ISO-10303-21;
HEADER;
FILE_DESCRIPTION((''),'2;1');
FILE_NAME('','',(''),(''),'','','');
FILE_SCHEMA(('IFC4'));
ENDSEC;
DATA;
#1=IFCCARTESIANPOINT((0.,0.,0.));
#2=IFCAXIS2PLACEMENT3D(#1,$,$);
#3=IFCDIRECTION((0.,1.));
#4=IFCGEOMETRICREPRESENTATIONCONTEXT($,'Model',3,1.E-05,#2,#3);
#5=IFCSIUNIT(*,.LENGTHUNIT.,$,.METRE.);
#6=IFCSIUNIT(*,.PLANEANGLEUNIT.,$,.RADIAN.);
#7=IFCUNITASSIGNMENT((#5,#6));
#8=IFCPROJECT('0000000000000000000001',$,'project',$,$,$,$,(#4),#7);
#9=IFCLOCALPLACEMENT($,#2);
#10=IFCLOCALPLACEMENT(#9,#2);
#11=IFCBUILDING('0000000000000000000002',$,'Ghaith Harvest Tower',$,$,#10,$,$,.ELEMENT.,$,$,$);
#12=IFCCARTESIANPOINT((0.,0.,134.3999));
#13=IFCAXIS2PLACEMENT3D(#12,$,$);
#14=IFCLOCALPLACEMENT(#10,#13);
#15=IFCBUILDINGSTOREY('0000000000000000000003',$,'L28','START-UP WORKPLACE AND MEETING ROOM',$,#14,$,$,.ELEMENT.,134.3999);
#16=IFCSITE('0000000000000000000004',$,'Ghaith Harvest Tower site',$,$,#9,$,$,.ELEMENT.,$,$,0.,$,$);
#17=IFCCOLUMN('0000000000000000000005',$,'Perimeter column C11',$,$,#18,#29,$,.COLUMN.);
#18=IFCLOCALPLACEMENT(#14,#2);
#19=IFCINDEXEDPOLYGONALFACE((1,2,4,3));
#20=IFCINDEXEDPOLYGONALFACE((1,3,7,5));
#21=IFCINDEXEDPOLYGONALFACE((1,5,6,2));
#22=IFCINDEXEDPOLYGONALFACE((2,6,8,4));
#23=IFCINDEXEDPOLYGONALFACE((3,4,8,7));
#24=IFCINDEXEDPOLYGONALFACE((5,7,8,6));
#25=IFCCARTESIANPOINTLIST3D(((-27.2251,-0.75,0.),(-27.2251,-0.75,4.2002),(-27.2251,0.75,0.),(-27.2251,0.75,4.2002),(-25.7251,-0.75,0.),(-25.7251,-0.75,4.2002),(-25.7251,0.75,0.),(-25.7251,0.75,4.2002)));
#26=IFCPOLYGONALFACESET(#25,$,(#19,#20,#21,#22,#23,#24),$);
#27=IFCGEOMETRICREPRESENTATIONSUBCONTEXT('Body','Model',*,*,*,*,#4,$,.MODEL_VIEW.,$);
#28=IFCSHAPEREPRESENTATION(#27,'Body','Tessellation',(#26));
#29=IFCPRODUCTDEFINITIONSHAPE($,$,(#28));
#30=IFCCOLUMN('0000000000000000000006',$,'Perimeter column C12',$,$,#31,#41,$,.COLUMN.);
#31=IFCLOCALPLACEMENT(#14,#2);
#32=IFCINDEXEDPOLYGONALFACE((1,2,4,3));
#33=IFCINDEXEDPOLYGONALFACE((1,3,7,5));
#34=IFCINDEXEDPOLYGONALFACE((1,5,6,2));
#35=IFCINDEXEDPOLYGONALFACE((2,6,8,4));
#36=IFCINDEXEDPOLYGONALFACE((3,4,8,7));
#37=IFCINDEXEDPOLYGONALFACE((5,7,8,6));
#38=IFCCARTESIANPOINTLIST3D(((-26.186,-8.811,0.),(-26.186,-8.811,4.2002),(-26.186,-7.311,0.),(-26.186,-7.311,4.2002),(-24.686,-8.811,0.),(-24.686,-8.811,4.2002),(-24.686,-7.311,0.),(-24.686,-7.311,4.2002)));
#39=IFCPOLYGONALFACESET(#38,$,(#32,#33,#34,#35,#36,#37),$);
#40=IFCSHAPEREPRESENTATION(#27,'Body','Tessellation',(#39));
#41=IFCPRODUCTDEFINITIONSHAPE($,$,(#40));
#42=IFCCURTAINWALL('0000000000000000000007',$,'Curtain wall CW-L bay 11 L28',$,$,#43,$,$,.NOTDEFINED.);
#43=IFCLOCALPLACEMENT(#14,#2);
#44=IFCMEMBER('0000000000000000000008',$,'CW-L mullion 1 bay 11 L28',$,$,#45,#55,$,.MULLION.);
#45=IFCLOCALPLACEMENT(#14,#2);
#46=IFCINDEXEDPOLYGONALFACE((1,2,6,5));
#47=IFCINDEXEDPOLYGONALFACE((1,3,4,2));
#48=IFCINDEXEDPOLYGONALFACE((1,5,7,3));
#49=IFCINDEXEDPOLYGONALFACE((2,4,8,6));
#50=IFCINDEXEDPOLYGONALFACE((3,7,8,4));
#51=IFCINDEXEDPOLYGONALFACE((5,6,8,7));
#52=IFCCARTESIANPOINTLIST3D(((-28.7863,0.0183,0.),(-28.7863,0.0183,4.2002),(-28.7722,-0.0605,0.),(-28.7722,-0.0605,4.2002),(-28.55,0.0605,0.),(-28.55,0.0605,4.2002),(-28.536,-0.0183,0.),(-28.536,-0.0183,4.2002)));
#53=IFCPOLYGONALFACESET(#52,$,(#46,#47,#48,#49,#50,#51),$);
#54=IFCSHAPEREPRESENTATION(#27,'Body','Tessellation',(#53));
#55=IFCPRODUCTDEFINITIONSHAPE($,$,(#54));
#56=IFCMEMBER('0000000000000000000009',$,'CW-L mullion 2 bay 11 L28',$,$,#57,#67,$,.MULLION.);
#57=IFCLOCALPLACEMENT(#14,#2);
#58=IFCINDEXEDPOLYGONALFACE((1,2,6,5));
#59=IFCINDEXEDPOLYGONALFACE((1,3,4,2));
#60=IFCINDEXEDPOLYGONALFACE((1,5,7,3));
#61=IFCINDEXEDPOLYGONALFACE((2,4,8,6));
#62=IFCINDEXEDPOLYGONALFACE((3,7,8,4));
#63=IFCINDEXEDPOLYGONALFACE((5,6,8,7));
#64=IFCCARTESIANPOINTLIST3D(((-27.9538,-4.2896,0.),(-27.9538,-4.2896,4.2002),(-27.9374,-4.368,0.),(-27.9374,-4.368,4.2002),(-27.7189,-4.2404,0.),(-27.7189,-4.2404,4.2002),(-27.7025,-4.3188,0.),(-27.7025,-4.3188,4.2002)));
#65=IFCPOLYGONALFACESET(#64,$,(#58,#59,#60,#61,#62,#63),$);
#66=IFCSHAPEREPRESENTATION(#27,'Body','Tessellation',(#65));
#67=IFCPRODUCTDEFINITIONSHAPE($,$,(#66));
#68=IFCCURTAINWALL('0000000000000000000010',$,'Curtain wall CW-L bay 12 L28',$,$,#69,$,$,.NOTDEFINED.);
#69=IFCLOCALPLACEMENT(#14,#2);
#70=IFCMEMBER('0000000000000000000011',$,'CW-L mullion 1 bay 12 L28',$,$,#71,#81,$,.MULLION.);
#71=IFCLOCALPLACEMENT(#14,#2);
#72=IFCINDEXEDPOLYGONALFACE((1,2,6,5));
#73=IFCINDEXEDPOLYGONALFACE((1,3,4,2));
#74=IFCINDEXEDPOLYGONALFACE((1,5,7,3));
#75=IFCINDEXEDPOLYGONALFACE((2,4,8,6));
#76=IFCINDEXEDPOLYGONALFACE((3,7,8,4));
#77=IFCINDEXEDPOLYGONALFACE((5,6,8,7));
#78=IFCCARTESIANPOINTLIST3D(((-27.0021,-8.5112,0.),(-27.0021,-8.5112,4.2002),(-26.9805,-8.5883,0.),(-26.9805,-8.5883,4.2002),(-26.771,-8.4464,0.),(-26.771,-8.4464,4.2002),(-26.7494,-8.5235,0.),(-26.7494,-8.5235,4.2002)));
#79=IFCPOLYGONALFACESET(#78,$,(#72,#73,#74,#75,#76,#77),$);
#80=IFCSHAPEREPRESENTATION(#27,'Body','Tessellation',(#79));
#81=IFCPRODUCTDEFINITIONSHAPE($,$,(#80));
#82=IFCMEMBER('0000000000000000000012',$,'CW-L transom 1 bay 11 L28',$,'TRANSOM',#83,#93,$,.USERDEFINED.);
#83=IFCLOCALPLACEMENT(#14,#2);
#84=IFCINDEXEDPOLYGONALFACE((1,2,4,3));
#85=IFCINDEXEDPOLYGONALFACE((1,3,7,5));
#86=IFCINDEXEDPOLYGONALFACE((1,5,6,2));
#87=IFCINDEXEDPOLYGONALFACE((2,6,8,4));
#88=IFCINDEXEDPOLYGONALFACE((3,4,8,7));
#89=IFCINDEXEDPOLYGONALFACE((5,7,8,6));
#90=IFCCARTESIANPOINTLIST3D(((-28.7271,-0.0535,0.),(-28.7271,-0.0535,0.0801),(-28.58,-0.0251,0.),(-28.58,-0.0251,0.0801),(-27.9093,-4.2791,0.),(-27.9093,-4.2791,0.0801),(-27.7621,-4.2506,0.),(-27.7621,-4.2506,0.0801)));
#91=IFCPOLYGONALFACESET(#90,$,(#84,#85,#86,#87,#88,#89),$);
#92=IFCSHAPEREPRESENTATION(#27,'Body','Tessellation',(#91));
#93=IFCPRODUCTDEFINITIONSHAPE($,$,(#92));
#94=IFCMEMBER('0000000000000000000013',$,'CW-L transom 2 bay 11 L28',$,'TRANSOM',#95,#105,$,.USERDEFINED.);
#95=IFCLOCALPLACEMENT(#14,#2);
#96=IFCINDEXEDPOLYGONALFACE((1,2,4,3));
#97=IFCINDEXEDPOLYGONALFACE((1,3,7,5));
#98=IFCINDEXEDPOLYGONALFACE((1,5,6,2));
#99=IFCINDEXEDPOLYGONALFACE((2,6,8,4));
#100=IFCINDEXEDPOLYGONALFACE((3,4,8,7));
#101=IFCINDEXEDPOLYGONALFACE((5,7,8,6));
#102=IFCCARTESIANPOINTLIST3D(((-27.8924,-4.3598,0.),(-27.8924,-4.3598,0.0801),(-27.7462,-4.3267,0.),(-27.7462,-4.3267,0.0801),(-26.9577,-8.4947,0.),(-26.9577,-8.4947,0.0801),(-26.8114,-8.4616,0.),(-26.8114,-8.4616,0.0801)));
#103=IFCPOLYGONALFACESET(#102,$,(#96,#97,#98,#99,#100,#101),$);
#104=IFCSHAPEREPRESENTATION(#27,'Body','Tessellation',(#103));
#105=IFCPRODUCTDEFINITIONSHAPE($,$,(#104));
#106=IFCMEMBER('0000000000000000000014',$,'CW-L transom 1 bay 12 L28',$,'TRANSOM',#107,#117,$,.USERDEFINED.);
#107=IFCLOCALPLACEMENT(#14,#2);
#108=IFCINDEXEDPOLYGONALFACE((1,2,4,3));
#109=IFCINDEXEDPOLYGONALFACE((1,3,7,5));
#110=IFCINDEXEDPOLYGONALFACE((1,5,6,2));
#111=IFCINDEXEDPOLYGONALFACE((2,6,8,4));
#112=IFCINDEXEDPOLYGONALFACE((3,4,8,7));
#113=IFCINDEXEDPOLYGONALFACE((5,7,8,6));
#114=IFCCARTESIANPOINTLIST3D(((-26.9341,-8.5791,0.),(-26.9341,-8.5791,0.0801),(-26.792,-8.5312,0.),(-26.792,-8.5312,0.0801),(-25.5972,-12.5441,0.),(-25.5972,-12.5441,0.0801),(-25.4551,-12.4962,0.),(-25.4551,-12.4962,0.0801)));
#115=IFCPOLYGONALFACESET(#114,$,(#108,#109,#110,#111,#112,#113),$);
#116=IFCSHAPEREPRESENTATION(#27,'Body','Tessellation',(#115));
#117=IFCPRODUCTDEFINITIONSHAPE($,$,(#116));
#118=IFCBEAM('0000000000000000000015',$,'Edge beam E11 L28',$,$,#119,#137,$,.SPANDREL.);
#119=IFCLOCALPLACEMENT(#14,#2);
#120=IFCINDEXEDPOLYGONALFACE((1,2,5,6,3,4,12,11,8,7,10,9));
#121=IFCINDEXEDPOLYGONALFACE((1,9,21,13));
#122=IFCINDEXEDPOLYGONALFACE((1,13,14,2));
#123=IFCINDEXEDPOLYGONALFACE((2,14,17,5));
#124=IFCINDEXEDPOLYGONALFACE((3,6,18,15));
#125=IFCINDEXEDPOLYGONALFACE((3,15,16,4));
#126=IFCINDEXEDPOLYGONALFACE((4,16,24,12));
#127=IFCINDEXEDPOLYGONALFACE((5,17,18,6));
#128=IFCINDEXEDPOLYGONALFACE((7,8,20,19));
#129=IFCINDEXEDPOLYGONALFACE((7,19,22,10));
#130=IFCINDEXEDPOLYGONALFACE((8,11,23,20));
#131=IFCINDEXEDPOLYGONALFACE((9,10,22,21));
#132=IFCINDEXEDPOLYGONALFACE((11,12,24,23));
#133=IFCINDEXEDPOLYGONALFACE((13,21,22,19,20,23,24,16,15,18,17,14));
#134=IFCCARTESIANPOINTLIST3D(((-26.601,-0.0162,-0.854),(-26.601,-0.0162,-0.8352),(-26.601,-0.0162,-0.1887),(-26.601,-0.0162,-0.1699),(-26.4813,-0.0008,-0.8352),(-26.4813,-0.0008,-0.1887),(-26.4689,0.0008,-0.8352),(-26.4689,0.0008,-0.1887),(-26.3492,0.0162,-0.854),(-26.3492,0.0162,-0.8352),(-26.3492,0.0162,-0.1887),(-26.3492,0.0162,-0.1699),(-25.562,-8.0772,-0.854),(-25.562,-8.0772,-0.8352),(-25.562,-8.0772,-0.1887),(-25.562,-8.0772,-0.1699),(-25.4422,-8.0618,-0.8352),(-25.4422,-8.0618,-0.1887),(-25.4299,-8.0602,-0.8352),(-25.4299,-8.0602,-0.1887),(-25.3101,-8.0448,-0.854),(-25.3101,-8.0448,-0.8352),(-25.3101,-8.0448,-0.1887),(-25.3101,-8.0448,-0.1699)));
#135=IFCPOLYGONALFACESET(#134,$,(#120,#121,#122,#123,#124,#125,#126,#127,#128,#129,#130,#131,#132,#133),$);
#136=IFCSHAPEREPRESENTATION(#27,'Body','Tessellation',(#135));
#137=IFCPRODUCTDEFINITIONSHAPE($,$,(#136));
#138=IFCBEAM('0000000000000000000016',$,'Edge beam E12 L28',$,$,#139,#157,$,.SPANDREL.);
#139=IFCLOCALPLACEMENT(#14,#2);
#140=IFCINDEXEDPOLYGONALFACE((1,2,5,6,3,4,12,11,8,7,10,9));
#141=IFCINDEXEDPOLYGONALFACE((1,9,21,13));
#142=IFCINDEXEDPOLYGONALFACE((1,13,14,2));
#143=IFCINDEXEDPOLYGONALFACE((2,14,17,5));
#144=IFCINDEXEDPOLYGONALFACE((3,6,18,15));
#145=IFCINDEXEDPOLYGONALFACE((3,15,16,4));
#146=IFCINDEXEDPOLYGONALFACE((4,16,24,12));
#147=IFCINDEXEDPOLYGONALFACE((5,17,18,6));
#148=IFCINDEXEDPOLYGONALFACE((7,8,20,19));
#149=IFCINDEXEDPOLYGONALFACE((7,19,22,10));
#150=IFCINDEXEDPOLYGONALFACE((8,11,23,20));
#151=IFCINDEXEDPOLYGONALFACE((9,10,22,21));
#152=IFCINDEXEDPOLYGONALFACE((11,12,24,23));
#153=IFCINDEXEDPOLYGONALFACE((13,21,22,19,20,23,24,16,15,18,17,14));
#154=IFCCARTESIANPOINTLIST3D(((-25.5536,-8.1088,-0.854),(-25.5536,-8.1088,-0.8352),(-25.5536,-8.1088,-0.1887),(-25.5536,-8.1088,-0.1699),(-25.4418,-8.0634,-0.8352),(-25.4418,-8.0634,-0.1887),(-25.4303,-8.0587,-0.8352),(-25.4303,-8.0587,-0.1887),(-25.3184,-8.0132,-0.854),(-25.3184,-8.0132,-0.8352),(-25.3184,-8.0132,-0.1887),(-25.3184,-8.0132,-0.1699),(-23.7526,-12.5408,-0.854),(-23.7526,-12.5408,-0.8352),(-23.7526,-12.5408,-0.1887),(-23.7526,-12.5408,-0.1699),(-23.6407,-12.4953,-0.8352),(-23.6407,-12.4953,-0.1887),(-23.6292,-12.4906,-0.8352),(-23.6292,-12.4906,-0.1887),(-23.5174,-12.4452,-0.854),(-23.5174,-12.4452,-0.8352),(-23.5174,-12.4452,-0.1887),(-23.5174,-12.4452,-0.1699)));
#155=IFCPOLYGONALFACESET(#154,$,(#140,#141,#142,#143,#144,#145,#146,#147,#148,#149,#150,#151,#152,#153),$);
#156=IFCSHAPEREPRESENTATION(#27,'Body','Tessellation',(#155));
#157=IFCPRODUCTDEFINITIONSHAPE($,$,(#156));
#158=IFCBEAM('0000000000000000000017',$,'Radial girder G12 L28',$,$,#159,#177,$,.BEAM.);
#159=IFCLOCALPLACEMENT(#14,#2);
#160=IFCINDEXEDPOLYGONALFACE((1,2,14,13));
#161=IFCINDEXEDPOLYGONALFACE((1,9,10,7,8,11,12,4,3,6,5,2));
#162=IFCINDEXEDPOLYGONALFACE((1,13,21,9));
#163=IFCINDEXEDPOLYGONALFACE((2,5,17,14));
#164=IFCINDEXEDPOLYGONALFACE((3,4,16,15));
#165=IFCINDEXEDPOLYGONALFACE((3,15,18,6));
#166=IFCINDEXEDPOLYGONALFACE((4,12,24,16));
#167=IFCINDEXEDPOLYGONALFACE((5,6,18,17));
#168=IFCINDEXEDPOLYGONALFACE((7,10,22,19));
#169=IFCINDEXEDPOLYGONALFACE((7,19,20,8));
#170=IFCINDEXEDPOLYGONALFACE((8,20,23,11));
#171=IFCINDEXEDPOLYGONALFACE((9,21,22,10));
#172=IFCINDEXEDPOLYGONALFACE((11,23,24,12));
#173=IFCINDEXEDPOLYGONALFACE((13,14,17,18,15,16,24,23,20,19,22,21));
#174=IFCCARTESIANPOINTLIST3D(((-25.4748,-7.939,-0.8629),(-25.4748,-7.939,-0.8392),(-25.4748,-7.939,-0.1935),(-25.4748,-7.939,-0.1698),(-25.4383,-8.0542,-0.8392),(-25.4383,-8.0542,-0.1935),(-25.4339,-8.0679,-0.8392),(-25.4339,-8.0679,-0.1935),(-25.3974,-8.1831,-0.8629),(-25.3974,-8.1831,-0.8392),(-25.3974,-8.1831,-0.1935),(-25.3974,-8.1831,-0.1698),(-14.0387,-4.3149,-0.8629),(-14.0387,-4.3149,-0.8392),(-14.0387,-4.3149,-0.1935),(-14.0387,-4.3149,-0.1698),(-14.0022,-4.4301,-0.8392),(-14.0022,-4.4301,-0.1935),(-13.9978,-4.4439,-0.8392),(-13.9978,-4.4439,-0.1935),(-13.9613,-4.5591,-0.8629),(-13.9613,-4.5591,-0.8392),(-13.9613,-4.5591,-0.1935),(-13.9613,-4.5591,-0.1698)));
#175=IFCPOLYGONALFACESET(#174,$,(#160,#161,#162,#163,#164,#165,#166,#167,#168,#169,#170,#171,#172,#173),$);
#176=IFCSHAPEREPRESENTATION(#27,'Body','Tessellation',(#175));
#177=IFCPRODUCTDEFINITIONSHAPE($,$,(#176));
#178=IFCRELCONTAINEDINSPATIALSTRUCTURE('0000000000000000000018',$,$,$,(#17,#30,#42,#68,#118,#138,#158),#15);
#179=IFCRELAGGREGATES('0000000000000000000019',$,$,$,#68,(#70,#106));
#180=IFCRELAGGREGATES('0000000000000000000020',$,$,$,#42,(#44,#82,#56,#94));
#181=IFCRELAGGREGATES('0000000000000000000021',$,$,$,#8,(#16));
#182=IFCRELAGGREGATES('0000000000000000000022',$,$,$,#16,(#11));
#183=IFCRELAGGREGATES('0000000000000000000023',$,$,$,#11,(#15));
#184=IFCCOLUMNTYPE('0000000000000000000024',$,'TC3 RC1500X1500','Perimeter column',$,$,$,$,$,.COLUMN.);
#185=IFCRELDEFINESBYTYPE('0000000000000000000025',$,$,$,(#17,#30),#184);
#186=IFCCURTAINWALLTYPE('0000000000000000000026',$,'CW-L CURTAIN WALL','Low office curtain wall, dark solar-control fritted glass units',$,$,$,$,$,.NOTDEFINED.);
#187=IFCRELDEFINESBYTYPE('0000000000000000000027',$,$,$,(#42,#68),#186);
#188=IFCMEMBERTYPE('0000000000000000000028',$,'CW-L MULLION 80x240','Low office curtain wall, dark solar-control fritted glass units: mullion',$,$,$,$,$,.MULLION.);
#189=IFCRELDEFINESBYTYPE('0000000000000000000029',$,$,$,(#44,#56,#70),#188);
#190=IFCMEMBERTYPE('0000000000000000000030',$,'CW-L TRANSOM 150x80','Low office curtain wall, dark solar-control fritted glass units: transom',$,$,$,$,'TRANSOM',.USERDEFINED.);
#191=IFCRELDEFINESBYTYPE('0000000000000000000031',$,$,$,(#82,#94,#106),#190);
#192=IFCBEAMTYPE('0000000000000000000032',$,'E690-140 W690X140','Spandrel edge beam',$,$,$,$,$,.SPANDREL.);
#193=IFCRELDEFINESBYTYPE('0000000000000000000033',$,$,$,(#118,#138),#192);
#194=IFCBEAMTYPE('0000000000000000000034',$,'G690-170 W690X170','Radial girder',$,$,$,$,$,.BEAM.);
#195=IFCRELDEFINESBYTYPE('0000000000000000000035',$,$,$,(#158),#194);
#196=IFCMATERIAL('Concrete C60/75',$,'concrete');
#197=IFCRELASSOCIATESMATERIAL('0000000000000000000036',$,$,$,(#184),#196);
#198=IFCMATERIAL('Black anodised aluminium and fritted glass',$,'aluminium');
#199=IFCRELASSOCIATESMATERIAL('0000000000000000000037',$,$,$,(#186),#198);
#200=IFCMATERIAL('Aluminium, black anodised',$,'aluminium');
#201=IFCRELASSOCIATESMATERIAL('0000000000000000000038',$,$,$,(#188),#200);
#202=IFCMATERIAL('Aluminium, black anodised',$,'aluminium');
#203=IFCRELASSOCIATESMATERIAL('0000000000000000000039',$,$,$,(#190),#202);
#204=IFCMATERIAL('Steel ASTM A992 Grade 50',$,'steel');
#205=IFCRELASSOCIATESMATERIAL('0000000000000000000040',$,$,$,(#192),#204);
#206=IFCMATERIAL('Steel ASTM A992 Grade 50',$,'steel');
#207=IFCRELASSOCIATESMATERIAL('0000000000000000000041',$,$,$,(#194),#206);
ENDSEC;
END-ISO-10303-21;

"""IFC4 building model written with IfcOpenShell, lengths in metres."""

from ifc_helpers import new_model, si_unit, direction, frame, origin, origin_2d, place, context, subcontext, project, spatial, rectangle, i_section, extrude, material, material_profile, profile_set, type_object, element, aggregate, save


model = new_model("IFC4")

# Units and contexts
model_context = context("Model", 3, precision=1e-05, world=origin(), true_north=direction((0.0, 1.0)))
body_context = subcontext(model_context, "Body", "Model", "MODEL_VIEW")
ifc_project = project(units=[si_unit("LENGTHUNIT", "METRE"), si_unit("PLANEANGLEUNIT", "RADIAN")], contexts=[model_context])

# Site, building, storey
site_placement = place(None, origin())
site = spatial("IfcSite", under=ifc_project, at=site_placement, Name="Ghaith Harvest Tower site", CompositionType="ELEMENT", RefElevation=0.0)
building_placement = place(site_placement, origin())
building = spatial("IfcBuilding", under=site, at=building_placement, Name="Ghaith Harvest Tower", CompositionType="ELEMENT")
storey_placement = place(building_placement, frame((0.0, 0.0, 134.3999)))
storey = spatial("IfcBuildingStorey", under=building, at=storey_placement, Name="L28", Description="START-UP WORKPLACE AND MEETING ROOM", CompositionType="ELEMENT", Elevation=134.3999)

# Columns
ifc_material_1 = material(Name="Concrete C60/75", Category="concrete")
ifc_material_profile_1 = material_profile(ifc_material_1, rectangle(XDim=1.5, YDim=1.5, at=origin_2d()), Name="RC1500X1500")
ifc_profile_set_1 = profile_set([ifc_material_profile_1], Name="Concrete C60/75")
column_type = type_object("IfcColumnType", Name="TC3 RC1500X1500", Description="Perimeter column", PredefinedType="COLUMN", material=ifc_profile_set_1)
for number, where, z_axis, x_axis, name in (
    (1, (-26.4751, 0.0, 0.0), (0.0, 0.0, 1.0), (1.0, 0.0, 0.0), "Perimeter column C11"),
    (2, (-25.436, -8.061, 0.0), (0.0, 0.0, 1.0), (1.0, 0.0, 0.0), "Perimeter column C12"),
):
    element("IfcColumn", number, at=place(storey_placement, frame(where, z_axis=z_axis, x_axis=x_axis)), inside=storey, type_object=column_type, Name=name, PredefinedType="COLUMN", context=body_context, shape_type="SweptSolid", body=[
        extrude(rectangle(XDim=1.5, YDim=1.5, at=origin_2d()), origin(), (0.0, 0.0, 1.0), 4.2002),
    ])

# Curtain wall, members
ifc_material_2 = material(Name="Black anodised aluminium and fritted glass", Category="aluminium")
curtain_wall_type = type_object("IfcCurtainWallType", Name="CW-L CURTAIN WALL", Description="Low office curtain wall, dark solar-control fritted glass units", PredefinedType="NOTDEFINED", material=ifc_material_2)
curtain_wall_1_placement = place(storey_placement, origin())
curtain_wall_1 = element("IfcCurtainWall", 3, at=curtain_wall_1_placement, inside=storey, type_object=curtain_wall_type, Name="Curtain wall CW-L bay 11 L28", PredefinedType="NOTDEFINED")
ifc_material_3 = material(Name="Aluminium, black anodised", Category="aluminium")
ifc_material_profile_2 = material_profile(ifc_material_3, rectangle(XDim=0.0801, YDim=0.24, at=origin_2d()), Name="CW-L MULLION 80x240")
ifc_profile_set_2 = profile_set([ifc_material_profile_2], Name="Aluminium, black anodised")
member_type_1 = type_object("IfcMemberType", Name="CW-L MULLION 80x240", Description="Low office curtain wall, dark solar-control fritted glass units: mullion", PredefinedType="MULLION", material=ifc_profile_set_2)
member_1_placement = place(storey_placement, frame((-28.6611, 0.0, 0.0), z_axis=(0.0, 0.0, 1.0), x_axis=(0.175827, -0.984421, 0.0)))
member_1 = element("IfcMember", 4, at=member_1_placement, type_object=member_type_1, Name="CW-L mullion 1 bay 11 L28", PredefinedType="MULLION", context=body_context, shape_type="SweptSolid", body=[
    extrude(rectangle(XDim=0.0801, YDim=0.24, at=origin_2d()), origin(), (0.0, 0.0, 1.0), 4.2002),
])
member_2_placement = place(storey_placement, frame((-27.8281, -4.3042, 0.0), z_axis=(0.0, 0.0, 1.0), x_axis=(0.205176, -0.978725, 0.0)))
member_2 = element("IfcMember", 5, at=member_2_placement, type_object=member_type_1, Name="CW-L mullion 2 bay 11 L28", PredefinedType="MULLION", context=body_context, shape_type="SweptSolid", body=[
    extrude(rectangle(XDim=0.0801, YDim=0.24, at=origin_2d()), origin(), (0.0, 0.0, 1.0), 4.2002),
])

# Curtain wall, member
curtain_wall_2_placement = place(storey_placement, origin())
curtain_wall_2 = element("IfcCurtainWall", 6, at=curtain_wall_2_placement, inside=storey, type_object=curtain_wall_type, Name="Curtain wall CW-L bay 12 L28", PredefinedType="NOTDEFINED")
member_3_placement = place(storey_placement, frame((-26.8757, -8.5173, 0.0), z_axis=(0.0, 0.0, 1.0), x_axis=(0.270019, -0.962855, 0.0)))
member_3 = element("IfcMember", 7, at=member_3_placement, type_object=member_type_1, Name="CW-L mullion 1 bay 12 L28", PredefinedType="MULLION", context=body_context, shape_type="SweptSolid", body=[
    extrude(rectangle(XDim=0.0801, YDim=0.24, at=origin_2d()), origin(), (0.0, 0.0, 1.0), 4.2002),
])

# Members
ifc_material_4 = material(Name="Aluminium, black anodised", Category="aluminium")
ifc_material_profile_3 = material_profile(ifc_material_4, rectangle(XDim=0.1499, YDim=0.0801, at=origin_2d()), Name="CW-L TRANSOM 150x80")
ifc_profile_set_3 = profile_set([ifc_material_profile_3], Name="Aluminium, black anodised")
member_type_2 = type_object("IfcMemberType", Name="CW-L TRANSOM 150x80", Description="Low office curtain wall, dark solar-control fritted glass units: transom", ElementType="TRANSOM", PredefinedType="USERDEFINED", material=ifc_profile_set_3)
member_4_placement = place(storey_placement, frame((-28.6536, -0.0393, 0.04), z_axis=(0.190025, -0.981779, 0.0), x_axis=(0.981779, 0.190025, 0.0)))
member_4 = element("IfcMember", 8, at=member_4_placement, type_object=member_type_2, Name="CW-L transom 1 bay 11 L28", ObjectType="TRANSOM", PredefinedType="USERDEFINED", context=body_context, shape_type="SweptSolid", body=[
    extrude(rectangle(XDim=0.1499, YDim=0.0801, at=origin_2d()), origin(), (0.0, 0.0, 1.0), 4.304),
])
member_5_placement = place(storey_placement, frame((-27.8193, -4.3433, 0.04), z_axis=(0.220508, -0.975385, 0.0), x_axis=(0.975385, 0.220508, 0.0)))
member_5 = element("IfcMember", 9, at=member_5_placement, type_object=member_type_2, Name="CW-L transom 2 bay 11 L28", ObjectType="TRANSOM", PredefinedType="USERDEFINED", context=body_context, shape_type="SweptSolid", body=[
    extrude(rectangle(XDim=0.1499, YDim=0.0801, at=origin_2d()), origin(), (0.0, 0.0, 1.0), 4.2393),
])
member_6_placement = place(storey_placement, frame((-26.863, -8.5552, 0.04), z_axis=(0.319499, -0.947587, 0.0), x_axis=(0.947587, 0.319499, 0.0)))
member_6 = element("IfcMember", 10, at=member_6_placement, type_object=member_type_2, Name="CW-L transom 1 bay 12 L28", ObjectType="TRANSOM", PredefinedType="USERDEFINED", context=body_context, shape_type="SweptSolid", body=[
    extrude(rectangle(XDim=0.1499, YDim=0.0801, at=origin_2d()), origin(), (0.0, 0.0, 1.0), 4.1843),
])
aggregate(curtain_wall_2, [member_3, member_6])

# Beams
ifc_material_5 = material(Name="Steel ASTM A992 Grade 50", Category="steel")
ifc_material_profile_4 = material_profile(ifc_material_5, i_section(OverallWidth=0.2539, OverallDepth=0.6841, WebThickness=0.0125, FlangeThickness=0.0188, at=origin_2d()), Name="W690X140")
ifc_profile_set_4 = profile_set([ifc_material_profile_4], Name="Steel ASTM A992 Grade 50")
beam_type_1 = type_object("IfcBeamType", Name="E690-140 W690X140", Description="Spandrel edge beam", PredefinedType="SPANDREL", material=ifc_profile_set_4)
beam_1_placement = place(storey_placement, frame((-26.4751, 0.0, -0.512), z_axis=(0.127842, -0.991795, 0.0), x_axis=(0.991795, 0.127842, 0.0)))
element("IfcBeam", 11, at=beam_1_placement, inside=storey, type_object=beam_type_1, Name="Edge beam E11 L28", PredefinedType="SPANDREL", context=body_context, shape_type="SweptSolid", body=[
    extrude(i_section(OverallWidth=0.2539, OverallDepth=0.6841, WebThickness=0.0125, FlangeThickness=0.0188, at=origin_2d()), origin(), (0.0, 0.0, 1.0), 8.1277),
])
beam_2_placement = place(storey_placement, frame((-25.436, -8.061, -0.512), z_axis=(0.37648, -0.926425, 0.0), x_axis=(0.926425, 0.37648, 0.0)))
element("IfcBeam", 12, at=beam_2_placement, inside=storey, type_object=beam_type_1, Name="Edge beam E12 L28", PredefinedType="SPANDREL", context=body_context, shape_type="SweptSolid", body=[
    extrude(i_section(OverallWidth=0.2539, OverallDepth=0.6841, WebThickness=0.0125, FlangeThickness=0.0188, at=origin_2d()), origin(), (0.0, 0.0, 1.0), 4.7839),
])
ifc_material_6 = material(Name="Steel ASTM A992 Grade 50", Category="steel")
ifc_material_profile_5 = material_profile(ifc_material_6, i_section(OverallWidth=0.2561, OverallDepth=0.6931, WebThickness=0.0144, FlangeThickness=0.0237, at=origin_2d()), Name="W690X170")
ifc_profile_set_5 = profile_set([ifc_material_profile_5], Name="Steel ASTM A992 Grade 50")
beam_type_2 = type_object("IfcBeamType", Name="G690-170 W690X170", Description="Radial girder", PredefinedType="BEAM", material=ifc_profile_set_5)
beam_3_placement = place(storey_placement, frame((-14.0, -4.437, -0.5164), z_axis=(-0.95328, -0.30209, 0.0), x_axis=(0.30209, -0.95328, 0.0)))
element("IfcBeam", 13, at=beam_3_placement, inside=storey, type_object=beam_type_2, Name="Radial girder G12 L28", PredefinedType="BEAM", context=body_context, shape_type="SweptSolid", body=[
    extrude(i_section(OverallWidth=0.2561, OverallDepth=0.6931, WebThickness=0.0144, FlangeThickness=0.0237, at=origin_2d()), origin(), (0.0, 0.0, 1.0), 11.9966),
])

aggregate(curtain_wall_1, [member_1, member_4, member_2, member_5])

save(model, "model.ifc")
